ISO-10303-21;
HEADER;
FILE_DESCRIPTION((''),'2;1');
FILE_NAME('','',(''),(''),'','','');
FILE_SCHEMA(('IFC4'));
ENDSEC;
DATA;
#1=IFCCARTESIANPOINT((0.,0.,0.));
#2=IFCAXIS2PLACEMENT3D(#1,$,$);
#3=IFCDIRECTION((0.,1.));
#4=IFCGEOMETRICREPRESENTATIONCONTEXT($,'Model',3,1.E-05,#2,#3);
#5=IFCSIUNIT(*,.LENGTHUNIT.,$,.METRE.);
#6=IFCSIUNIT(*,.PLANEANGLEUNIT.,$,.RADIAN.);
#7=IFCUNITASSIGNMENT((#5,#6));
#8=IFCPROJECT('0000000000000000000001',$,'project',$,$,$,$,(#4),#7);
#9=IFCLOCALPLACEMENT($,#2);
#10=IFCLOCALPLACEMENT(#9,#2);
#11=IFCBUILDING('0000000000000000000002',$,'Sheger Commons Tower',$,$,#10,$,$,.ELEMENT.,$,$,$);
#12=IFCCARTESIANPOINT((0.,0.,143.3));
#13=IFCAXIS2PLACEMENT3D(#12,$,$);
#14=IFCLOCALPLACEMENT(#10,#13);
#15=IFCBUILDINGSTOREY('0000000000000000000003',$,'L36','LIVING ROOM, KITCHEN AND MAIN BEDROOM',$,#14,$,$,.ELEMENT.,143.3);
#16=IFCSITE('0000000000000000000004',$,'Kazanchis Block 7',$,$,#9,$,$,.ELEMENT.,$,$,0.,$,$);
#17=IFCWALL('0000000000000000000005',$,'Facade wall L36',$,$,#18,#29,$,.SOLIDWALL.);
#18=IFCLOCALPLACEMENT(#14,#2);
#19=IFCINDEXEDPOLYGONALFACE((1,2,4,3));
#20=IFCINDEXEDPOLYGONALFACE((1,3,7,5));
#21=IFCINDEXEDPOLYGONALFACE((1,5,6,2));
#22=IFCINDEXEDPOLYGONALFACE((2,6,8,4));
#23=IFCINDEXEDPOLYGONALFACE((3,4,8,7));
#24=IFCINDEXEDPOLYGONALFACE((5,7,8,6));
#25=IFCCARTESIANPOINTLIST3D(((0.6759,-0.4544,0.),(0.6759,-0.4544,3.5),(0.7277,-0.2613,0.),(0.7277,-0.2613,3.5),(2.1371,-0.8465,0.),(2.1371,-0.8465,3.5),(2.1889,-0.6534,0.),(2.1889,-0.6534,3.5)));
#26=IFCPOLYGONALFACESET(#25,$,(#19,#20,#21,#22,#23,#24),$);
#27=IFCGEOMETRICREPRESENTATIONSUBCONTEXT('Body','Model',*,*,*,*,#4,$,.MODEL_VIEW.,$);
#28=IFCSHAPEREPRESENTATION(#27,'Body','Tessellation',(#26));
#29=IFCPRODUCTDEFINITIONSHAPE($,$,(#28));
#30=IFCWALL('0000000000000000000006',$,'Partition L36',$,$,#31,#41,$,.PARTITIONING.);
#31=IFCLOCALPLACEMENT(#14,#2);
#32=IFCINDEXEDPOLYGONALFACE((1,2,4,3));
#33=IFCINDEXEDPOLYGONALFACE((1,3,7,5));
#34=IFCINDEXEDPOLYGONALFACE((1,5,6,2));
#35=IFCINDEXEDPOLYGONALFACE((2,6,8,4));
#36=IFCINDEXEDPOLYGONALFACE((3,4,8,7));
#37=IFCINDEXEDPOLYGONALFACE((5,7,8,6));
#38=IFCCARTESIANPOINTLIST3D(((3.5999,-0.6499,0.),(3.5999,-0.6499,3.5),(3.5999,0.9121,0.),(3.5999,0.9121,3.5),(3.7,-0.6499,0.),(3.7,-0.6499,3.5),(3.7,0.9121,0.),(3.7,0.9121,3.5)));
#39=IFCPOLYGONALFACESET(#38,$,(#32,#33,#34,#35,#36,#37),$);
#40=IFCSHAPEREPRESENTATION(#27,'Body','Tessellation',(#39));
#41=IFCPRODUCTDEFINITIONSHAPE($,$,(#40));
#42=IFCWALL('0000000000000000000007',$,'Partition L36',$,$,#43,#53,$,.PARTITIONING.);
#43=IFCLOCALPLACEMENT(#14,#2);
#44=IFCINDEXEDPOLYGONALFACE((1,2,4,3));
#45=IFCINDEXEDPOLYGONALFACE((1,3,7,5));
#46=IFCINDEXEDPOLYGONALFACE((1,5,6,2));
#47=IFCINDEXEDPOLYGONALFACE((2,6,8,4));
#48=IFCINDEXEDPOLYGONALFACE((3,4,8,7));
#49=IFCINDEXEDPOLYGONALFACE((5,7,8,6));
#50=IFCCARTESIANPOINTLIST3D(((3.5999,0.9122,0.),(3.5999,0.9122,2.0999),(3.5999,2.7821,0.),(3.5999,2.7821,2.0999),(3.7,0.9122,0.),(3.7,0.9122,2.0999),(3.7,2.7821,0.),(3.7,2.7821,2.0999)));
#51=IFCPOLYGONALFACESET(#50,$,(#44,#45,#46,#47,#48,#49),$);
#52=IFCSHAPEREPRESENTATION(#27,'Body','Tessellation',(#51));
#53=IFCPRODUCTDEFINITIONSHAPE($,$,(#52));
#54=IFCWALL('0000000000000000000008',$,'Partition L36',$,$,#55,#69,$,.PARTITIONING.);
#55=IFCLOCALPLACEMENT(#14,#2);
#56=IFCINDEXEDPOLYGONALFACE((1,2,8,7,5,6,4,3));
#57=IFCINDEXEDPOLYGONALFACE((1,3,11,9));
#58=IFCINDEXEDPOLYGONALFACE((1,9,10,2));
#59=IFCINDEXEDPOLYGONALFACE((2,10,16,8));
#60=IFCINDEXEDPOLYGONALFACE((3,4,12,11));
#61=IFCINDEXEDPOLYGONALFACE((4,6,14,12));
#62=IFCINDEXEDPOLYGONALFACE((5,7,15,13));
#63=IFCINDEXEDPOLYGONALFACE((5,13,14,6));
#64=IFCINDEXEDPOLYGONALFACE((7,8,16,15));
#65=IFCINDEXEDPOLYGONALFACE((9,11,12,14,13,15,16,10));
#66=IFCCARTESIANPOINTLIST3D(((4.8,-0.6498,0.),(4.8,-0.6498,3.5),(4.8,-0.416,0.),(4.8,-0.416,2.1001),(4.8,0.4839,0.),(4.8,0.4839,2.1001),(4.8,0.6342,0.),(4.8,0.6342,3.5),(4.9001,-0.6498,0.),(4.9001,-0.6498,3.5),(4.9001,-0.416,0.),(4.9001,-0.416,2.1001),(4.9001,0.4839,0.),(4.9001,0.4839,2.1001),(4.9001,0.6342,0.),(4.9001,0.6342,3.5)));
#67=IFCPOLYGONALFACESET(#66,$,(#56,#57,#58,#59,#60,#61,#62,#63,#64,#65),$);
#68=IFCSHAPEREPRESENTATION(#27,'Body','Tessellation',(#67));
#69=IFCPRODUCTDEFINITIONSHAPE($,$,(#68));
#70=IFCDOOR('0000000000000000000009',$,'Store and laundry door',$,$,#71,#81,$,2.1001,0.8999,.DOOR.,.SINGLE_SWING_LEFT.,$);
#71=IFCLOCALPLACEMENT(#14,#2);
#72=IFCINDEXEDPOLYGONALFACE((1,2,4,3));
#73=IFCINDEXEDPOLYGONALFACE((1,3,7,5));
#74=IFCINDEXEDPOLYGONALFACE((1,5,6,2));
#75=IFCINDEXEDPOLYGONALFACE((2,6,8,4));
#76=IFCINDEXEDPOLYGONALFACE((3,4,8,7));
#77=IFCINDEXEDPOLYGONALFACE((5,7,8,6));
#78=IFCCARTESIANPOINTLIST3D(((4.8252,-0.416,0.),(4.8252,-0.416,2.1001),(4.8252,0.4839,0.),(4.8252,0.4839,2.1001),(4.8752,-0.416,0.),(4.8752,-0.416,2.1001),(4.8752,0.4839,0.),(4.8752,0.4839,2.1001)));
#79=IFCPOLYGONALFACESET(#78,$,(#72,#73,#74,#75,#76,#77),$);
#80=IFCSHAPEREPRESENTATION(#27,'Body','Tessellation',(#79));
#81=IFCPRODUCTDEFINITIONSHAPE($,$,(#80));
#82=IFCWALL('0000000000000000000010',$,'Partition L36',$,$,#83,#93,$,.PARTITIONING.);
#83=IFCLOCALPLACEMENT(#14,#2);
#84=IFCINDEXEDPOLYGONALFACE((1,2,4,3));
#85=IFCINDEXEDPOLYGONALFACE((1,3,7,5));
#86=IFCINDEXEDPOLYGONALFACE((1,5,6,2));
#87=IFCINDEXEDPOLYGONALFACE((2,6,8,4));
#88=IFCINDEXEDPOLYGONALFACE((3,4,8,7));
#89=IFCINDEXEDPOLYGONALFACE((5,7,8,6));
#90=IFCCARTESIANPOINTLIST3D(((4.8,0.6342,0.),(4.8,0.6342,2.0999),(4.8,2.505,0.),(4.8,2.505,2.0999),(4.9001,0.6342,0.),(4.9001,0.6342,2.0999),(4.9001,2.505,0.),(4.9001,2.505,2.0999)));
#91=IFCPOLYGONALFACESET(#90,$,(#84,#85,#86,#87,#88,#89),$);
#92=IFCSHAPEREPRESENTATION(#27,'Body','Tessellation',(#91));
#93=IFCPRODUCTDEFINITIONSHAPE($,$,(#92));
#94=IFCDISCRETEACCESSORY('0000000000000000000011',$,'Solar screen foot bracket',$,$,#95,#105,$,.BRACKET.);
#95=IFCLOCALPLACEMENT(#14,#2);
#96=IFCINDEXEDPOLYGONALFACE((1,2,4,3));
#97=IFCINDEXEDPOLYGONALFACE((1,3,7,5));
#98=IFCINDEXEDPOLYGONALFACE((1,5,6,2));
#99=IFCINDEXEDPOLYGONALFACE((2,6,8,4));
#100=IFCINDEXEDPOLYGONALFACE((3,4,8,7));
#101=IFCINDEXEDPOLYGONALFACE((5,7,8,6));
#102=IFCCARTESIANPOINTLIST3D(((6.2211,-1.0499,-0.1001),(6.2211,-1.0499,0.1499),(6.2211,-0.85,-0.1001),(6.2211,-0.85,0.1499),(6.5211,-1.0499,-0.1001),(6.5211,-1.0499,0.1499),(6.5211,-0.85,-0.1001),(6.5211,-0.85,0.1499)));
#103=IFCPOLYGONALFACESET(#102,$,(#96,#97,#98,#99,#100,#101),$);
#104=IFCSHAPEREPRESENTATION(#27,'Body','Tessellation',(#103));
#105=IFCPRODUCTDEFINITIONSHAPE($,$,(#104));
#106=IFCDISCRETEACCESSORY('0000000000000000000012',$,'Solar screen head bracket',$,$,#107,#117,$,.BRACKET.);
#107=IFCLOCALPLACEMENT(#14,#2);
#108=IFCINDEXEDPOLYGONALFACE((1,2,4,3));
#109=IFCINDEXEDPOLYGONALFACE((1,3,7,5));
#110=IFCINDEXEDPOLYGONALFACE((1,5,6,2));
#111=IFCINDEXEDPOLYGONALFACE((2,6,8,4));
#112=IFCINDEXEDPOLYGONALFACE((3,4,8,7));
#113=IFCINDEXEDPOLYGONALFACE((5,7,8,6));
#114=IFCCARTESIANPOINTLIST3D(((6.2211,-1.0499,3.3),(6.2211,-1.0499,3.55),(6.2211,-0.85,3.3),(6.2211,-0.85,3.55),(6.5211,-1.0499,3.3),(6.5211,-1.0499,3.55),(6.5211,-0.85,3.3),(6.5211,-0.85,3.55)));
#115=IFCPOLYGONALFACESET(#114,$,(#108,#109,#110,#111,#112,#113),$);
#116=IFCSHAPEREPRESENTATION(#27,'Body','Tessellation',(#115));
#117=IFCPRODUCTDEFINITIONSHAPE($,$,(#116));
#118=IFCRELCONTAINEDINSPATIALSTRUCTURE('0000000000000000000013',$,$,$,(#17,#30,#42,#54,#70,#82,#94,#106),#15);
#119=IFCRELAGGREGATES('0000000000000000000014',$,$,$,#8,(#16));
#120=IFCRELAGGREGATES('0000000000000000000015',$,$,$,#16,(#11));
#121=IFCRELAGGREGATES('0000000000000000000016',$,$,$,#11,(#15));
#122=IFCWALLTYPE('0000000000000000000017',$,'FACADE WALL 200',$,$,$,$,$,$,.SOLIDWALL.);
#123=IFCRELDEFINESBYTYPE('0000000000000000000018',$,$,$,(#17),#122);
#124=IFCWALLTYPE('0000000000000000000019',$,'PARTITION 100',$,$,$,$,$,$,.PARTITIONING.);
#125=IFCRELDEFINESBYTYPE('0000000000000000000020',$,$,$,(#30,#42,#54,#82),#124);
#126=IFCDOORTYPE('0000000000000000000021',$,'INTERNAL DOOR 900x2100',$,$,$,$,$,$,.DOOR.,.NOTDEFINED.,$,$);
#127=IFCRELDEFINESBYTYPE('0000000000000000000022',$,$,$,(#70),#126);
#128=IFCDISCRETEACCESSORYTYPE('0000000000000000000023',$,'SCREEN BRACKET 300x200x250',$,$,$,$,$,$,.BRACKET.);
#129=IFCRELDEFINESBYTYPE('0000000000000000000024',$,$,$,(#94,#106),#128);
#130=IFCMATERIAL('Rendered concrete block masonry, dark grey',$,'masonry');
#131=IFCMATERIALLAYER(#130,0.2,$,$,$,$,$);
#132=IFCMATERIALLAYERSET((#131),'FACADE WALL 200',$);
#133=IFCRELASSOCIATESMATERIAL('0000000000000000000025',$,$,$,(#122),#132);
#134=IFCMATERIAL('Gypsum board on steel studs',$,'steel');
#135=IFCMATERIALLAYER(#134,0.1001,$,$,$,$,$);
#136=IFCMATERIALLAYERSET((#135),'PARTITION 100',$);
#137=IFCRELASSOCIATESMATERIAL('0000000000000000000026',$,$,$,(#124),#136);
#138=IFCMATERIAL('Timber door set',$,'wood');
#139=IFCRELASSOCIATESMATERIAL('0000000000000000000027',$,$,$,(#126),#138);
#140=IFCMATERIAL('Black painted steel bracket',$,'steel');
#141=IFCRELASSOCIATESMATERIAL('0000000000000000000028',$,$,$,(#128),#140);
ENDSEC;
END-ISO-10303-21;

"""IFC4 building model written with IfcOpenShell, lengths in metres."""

from ifc_helpers import new_model, si_unit, direction, frame, frame_2d, origin, origin_2d, place, context, subcontext, project, spatial, rectangle, extrude, material, layer, layer_set, type_object, element, fill, save


model = new_model("IFC4")

# Units and contexts
model_context = context("Model", 3, precision=1e-05, world=origin(), true_north=direction((0.0, 1.0)))
body_context = subcontext(model_context, "Body", "Model", "MODEL_VIEW")
ifc_project = project(units=[si_unit("LENGTHUNIT", "METRE"), si_unit("PLANEANGLEUNIT", "RADIAN")], contexts=[model_context])

# Site, building, storey
site_placement = place(None, origin())
site = spatial("IfcSite", under=ifc_project, at=site_placement, Name="Kazanchis Block 7", CompositionType="ELEMENT", RefElevation=0.0)
building_placement = place(site_placement, origin())
building = spatial("IfcBuilding", under=site, at=building_placement, Name="Sheger Commons Tower", CompositionType="ELEMENT")
storey_placement = place(building_placement, frame((0.0, 0.0, 143.3)))
storey = spatial("IfcBuildingStorey", under=building, at=storey_placement, Name="L36", Description="LIVING ROOM, KITCHEN AND MAIN BEDROOM", CompositionType="ELEMENT", Elevation=143.3)

# Shared definitions
ifc_material_1 = material(Name="Rendered concrete block masonry, dark grey", Category="masonry")
ifc_layer_1 = layer(ifc_material_1, 0.2)
ifc_layer_set_1 = layer_set([ifc_layer_1], Name="FACADE WALL 200")
wall_type_1 = type_object("IfcWallType", Name="FACADE WALL 200", PredefinedType="SOLIDWALL", material=ifc_layer_set_1)

# Walls
wall_1_placement = place(storey_placement, frame((0.7019, -0.3579, 0.0), z_axis=(0.0, 0.0, 1.0), x_axis=(0.965832, -0.259169, 0.0)))
element("IfcWall", 1, at=wall_1_placement, inside=storey, type_object=wall_type_1, Name="Facade wall L36", PredefinedType="SOLIDWALL", context=body_context, shape_type="SweptSolid", body=[
    extrude(rectangle(XDim=1.5129, YDim=0.2, at=frame_2d((0.7563, 0.0))), origin(), (0.0, 0.0, 1.0), 3.5),
])
ifc_material_2 = material(Name="Gypsum board on steel studs", Category="steel")
ifc_layer_2 = layer(ifc_material_2, 0.1001)
ifc_layer_set_2 = layer_set([ifc_layer_2], Name="PARTITION 100")
wall_type_2 = type_object("IfcWallType", Name="PARTITION 100", PredefinedType="PARTITIONING", material=ifc_layer_set_2)
wall_2_placement = place(storey_placement, frame((3.6499, -0.6499, 0.0), z_axis=(0.0, 0.0, 1.0), x_axis=(0.0, 1.0, 0.0)))
element("IfcWall", 2, at=wall_2_placement, inside=storey, type_object=wall_type_2, Name="Partition L36", PredefinedType="PARTITIONING", context=body_context, shape_type="SweptSolid", body=[
    extrude(rectangle(XDim=1.562, YDim=0.1001, at=frame_2d((0.781, 0.0))), origin(), (0.0, 0.0, 1.0), 3.5),
])
wall_3_placement = place(storey_placement, frame((3.6499, 0.9121, 0.0), z_axis=(0.0, 0.0, 1.0), x_axis=(0.0, 1.0, 0.0)))
element("IfcWall", 3, at=wall_3_placement, inside=storey, type_object=wall_type_2, Name="Partition L36", PredefinedType="PARTITIONING", context=body_context, shape_type="SweptSolid", body=[
    extrude(rectangle(XDim=1.8699, YDim=0.1001, at=frame_2d((0.9351, 0.0))), origin(), (0.0, 0.0, 1.0), 2.0999),
])

# Wall, opening, door
wall_4_placement = place(storey_placement, frame((4.8501, -0.6499, 0.0), z_axis=(0.0, 0.0, 1.0), x_axis=(0.0, 1.0, 0.0)))
wall_4 = element("IfcWall", 4, at=wall_4_placement, inside=storey, type_object=wall_type_2, Name="Partition L36", PredefinedType="PARTITIONING", context=body_context, shape_type="SweptSolid", body=[
    extrude(rectangle(XDim=1.2839, YDim=0.1001, at=frame_2d((0.6421, 0.0))), origin(), (0.0, 0.0, 1.0), 3.5),
])
opening_1_placement = place(wall_4_placement, frame((0.2339, 0.0, 0.0)))
opening_1 = element("IfcOpeningElement", 5, at=opening_1_placement, cuts=wall_4, PredefinedType="OPENING", context=body_context, shape_type="SweptSolid", body=[
    extrude(rectangle(XDim=0.8999, YDim=2.1001, at=frame_2d((0.45, 1.05))), frame((0.0, 0.0601, 0.0), z_axis=(0.0, -1.0, 0.0), x_axis=(1.0, 0.0, 0.0)), (0.0, 0.0, 1.0), 0.1201),
])
ifc_material_3 = material(Name="Timber door set", Category="wood")
door_type = type_object("IfcDoorType", Name="INTERNAL DOOR 900x2100", OperationType="NOTDEFINED", PredefinedType="DOOR", material=ifc_material_3)
door_placement = place(opening_1_placement, origin())
door = element("IfcDoor", 6, at=door_placement, inside=storey, type_object=door_type, Name="Store and laundry door", OperationType="SINGLE_SWING_LEFT", OverallHeight=2.1001, OverallWidth=0.8999, PredefinedType="DOOR", context=body_context, shape_type="SweptSolid", body=[
    extrude(rectangle(XDim=0.8999, YDim=2.1001, at=frame_2d((0.45, 1.05))), frame((0.0, 0.0249, 0.0), z_axis=(0.0, -1.0, 0.0), x_axis=(1.0, 0.0, 0.0)), (0.0, 0.0, 1.0), 0.05),
])
fill(opening_1, door)

# Wall
wall_5_placement = place(storey_placement, frame((4.8501, 0.634, 0.0), z_axis=(0.0, 0.0, 1.0), x_axis=(0.0, 1.0, 0.0)))
element("IfcWall", 7, at=wall_5_placement, inside=storey, type_object=wall_type_2, Name="Partition L36", PredefinedType="PARTITIONING", context=body_context, shape_type="SweptSolid", body=[
    extrude(rectangle(XDim=1.8708, YDim=0.1001, at=frame_2d((0.9355, 0.0))), origin(), (0.0, 0.0, 1.0), 2.0999),
])

# Discrete accessories
ifc_material_4 = material(Name="Black painted steel bracket", Category="steel")
discrete_accessory_type = type_object("IfcDiscreteAccessoryType", Name="SCREEN BRACKET 300x200x250", PredefinedType="BRACKET", material=ifc_material_4)
for number, where, z_axis, x_axis, name in (
    (8, (6.3711, -0.95, -0.1001), (0.0, 0.0, 1.0), (1.0, 0.0, 0.0), "Solar screen foot bracket"),
    (9, (6.3711, -0.95, 3.3), (0.0, 0.0, 1.0), (1.0, 0.0, 0.0), "Solar screen head bracket"),
):
    element("IfcDiscreteAccessory", number, at=place(storey_placement, frame(where, z_axis=z_axis, x_axis=x_axis)), inside=storey, type_object=discrete_accessory_type, Name=name, PredefinedType="BRACKET", context=body_context, shape_type="SweptSolid", body=[
        extrude(rectangle(XDim=0.3, YDim=0.2, at=origin_2d()), origin(), (0.0, 0.0, 1.0), 0.25),
    ])

save(model, "model.ifc")
